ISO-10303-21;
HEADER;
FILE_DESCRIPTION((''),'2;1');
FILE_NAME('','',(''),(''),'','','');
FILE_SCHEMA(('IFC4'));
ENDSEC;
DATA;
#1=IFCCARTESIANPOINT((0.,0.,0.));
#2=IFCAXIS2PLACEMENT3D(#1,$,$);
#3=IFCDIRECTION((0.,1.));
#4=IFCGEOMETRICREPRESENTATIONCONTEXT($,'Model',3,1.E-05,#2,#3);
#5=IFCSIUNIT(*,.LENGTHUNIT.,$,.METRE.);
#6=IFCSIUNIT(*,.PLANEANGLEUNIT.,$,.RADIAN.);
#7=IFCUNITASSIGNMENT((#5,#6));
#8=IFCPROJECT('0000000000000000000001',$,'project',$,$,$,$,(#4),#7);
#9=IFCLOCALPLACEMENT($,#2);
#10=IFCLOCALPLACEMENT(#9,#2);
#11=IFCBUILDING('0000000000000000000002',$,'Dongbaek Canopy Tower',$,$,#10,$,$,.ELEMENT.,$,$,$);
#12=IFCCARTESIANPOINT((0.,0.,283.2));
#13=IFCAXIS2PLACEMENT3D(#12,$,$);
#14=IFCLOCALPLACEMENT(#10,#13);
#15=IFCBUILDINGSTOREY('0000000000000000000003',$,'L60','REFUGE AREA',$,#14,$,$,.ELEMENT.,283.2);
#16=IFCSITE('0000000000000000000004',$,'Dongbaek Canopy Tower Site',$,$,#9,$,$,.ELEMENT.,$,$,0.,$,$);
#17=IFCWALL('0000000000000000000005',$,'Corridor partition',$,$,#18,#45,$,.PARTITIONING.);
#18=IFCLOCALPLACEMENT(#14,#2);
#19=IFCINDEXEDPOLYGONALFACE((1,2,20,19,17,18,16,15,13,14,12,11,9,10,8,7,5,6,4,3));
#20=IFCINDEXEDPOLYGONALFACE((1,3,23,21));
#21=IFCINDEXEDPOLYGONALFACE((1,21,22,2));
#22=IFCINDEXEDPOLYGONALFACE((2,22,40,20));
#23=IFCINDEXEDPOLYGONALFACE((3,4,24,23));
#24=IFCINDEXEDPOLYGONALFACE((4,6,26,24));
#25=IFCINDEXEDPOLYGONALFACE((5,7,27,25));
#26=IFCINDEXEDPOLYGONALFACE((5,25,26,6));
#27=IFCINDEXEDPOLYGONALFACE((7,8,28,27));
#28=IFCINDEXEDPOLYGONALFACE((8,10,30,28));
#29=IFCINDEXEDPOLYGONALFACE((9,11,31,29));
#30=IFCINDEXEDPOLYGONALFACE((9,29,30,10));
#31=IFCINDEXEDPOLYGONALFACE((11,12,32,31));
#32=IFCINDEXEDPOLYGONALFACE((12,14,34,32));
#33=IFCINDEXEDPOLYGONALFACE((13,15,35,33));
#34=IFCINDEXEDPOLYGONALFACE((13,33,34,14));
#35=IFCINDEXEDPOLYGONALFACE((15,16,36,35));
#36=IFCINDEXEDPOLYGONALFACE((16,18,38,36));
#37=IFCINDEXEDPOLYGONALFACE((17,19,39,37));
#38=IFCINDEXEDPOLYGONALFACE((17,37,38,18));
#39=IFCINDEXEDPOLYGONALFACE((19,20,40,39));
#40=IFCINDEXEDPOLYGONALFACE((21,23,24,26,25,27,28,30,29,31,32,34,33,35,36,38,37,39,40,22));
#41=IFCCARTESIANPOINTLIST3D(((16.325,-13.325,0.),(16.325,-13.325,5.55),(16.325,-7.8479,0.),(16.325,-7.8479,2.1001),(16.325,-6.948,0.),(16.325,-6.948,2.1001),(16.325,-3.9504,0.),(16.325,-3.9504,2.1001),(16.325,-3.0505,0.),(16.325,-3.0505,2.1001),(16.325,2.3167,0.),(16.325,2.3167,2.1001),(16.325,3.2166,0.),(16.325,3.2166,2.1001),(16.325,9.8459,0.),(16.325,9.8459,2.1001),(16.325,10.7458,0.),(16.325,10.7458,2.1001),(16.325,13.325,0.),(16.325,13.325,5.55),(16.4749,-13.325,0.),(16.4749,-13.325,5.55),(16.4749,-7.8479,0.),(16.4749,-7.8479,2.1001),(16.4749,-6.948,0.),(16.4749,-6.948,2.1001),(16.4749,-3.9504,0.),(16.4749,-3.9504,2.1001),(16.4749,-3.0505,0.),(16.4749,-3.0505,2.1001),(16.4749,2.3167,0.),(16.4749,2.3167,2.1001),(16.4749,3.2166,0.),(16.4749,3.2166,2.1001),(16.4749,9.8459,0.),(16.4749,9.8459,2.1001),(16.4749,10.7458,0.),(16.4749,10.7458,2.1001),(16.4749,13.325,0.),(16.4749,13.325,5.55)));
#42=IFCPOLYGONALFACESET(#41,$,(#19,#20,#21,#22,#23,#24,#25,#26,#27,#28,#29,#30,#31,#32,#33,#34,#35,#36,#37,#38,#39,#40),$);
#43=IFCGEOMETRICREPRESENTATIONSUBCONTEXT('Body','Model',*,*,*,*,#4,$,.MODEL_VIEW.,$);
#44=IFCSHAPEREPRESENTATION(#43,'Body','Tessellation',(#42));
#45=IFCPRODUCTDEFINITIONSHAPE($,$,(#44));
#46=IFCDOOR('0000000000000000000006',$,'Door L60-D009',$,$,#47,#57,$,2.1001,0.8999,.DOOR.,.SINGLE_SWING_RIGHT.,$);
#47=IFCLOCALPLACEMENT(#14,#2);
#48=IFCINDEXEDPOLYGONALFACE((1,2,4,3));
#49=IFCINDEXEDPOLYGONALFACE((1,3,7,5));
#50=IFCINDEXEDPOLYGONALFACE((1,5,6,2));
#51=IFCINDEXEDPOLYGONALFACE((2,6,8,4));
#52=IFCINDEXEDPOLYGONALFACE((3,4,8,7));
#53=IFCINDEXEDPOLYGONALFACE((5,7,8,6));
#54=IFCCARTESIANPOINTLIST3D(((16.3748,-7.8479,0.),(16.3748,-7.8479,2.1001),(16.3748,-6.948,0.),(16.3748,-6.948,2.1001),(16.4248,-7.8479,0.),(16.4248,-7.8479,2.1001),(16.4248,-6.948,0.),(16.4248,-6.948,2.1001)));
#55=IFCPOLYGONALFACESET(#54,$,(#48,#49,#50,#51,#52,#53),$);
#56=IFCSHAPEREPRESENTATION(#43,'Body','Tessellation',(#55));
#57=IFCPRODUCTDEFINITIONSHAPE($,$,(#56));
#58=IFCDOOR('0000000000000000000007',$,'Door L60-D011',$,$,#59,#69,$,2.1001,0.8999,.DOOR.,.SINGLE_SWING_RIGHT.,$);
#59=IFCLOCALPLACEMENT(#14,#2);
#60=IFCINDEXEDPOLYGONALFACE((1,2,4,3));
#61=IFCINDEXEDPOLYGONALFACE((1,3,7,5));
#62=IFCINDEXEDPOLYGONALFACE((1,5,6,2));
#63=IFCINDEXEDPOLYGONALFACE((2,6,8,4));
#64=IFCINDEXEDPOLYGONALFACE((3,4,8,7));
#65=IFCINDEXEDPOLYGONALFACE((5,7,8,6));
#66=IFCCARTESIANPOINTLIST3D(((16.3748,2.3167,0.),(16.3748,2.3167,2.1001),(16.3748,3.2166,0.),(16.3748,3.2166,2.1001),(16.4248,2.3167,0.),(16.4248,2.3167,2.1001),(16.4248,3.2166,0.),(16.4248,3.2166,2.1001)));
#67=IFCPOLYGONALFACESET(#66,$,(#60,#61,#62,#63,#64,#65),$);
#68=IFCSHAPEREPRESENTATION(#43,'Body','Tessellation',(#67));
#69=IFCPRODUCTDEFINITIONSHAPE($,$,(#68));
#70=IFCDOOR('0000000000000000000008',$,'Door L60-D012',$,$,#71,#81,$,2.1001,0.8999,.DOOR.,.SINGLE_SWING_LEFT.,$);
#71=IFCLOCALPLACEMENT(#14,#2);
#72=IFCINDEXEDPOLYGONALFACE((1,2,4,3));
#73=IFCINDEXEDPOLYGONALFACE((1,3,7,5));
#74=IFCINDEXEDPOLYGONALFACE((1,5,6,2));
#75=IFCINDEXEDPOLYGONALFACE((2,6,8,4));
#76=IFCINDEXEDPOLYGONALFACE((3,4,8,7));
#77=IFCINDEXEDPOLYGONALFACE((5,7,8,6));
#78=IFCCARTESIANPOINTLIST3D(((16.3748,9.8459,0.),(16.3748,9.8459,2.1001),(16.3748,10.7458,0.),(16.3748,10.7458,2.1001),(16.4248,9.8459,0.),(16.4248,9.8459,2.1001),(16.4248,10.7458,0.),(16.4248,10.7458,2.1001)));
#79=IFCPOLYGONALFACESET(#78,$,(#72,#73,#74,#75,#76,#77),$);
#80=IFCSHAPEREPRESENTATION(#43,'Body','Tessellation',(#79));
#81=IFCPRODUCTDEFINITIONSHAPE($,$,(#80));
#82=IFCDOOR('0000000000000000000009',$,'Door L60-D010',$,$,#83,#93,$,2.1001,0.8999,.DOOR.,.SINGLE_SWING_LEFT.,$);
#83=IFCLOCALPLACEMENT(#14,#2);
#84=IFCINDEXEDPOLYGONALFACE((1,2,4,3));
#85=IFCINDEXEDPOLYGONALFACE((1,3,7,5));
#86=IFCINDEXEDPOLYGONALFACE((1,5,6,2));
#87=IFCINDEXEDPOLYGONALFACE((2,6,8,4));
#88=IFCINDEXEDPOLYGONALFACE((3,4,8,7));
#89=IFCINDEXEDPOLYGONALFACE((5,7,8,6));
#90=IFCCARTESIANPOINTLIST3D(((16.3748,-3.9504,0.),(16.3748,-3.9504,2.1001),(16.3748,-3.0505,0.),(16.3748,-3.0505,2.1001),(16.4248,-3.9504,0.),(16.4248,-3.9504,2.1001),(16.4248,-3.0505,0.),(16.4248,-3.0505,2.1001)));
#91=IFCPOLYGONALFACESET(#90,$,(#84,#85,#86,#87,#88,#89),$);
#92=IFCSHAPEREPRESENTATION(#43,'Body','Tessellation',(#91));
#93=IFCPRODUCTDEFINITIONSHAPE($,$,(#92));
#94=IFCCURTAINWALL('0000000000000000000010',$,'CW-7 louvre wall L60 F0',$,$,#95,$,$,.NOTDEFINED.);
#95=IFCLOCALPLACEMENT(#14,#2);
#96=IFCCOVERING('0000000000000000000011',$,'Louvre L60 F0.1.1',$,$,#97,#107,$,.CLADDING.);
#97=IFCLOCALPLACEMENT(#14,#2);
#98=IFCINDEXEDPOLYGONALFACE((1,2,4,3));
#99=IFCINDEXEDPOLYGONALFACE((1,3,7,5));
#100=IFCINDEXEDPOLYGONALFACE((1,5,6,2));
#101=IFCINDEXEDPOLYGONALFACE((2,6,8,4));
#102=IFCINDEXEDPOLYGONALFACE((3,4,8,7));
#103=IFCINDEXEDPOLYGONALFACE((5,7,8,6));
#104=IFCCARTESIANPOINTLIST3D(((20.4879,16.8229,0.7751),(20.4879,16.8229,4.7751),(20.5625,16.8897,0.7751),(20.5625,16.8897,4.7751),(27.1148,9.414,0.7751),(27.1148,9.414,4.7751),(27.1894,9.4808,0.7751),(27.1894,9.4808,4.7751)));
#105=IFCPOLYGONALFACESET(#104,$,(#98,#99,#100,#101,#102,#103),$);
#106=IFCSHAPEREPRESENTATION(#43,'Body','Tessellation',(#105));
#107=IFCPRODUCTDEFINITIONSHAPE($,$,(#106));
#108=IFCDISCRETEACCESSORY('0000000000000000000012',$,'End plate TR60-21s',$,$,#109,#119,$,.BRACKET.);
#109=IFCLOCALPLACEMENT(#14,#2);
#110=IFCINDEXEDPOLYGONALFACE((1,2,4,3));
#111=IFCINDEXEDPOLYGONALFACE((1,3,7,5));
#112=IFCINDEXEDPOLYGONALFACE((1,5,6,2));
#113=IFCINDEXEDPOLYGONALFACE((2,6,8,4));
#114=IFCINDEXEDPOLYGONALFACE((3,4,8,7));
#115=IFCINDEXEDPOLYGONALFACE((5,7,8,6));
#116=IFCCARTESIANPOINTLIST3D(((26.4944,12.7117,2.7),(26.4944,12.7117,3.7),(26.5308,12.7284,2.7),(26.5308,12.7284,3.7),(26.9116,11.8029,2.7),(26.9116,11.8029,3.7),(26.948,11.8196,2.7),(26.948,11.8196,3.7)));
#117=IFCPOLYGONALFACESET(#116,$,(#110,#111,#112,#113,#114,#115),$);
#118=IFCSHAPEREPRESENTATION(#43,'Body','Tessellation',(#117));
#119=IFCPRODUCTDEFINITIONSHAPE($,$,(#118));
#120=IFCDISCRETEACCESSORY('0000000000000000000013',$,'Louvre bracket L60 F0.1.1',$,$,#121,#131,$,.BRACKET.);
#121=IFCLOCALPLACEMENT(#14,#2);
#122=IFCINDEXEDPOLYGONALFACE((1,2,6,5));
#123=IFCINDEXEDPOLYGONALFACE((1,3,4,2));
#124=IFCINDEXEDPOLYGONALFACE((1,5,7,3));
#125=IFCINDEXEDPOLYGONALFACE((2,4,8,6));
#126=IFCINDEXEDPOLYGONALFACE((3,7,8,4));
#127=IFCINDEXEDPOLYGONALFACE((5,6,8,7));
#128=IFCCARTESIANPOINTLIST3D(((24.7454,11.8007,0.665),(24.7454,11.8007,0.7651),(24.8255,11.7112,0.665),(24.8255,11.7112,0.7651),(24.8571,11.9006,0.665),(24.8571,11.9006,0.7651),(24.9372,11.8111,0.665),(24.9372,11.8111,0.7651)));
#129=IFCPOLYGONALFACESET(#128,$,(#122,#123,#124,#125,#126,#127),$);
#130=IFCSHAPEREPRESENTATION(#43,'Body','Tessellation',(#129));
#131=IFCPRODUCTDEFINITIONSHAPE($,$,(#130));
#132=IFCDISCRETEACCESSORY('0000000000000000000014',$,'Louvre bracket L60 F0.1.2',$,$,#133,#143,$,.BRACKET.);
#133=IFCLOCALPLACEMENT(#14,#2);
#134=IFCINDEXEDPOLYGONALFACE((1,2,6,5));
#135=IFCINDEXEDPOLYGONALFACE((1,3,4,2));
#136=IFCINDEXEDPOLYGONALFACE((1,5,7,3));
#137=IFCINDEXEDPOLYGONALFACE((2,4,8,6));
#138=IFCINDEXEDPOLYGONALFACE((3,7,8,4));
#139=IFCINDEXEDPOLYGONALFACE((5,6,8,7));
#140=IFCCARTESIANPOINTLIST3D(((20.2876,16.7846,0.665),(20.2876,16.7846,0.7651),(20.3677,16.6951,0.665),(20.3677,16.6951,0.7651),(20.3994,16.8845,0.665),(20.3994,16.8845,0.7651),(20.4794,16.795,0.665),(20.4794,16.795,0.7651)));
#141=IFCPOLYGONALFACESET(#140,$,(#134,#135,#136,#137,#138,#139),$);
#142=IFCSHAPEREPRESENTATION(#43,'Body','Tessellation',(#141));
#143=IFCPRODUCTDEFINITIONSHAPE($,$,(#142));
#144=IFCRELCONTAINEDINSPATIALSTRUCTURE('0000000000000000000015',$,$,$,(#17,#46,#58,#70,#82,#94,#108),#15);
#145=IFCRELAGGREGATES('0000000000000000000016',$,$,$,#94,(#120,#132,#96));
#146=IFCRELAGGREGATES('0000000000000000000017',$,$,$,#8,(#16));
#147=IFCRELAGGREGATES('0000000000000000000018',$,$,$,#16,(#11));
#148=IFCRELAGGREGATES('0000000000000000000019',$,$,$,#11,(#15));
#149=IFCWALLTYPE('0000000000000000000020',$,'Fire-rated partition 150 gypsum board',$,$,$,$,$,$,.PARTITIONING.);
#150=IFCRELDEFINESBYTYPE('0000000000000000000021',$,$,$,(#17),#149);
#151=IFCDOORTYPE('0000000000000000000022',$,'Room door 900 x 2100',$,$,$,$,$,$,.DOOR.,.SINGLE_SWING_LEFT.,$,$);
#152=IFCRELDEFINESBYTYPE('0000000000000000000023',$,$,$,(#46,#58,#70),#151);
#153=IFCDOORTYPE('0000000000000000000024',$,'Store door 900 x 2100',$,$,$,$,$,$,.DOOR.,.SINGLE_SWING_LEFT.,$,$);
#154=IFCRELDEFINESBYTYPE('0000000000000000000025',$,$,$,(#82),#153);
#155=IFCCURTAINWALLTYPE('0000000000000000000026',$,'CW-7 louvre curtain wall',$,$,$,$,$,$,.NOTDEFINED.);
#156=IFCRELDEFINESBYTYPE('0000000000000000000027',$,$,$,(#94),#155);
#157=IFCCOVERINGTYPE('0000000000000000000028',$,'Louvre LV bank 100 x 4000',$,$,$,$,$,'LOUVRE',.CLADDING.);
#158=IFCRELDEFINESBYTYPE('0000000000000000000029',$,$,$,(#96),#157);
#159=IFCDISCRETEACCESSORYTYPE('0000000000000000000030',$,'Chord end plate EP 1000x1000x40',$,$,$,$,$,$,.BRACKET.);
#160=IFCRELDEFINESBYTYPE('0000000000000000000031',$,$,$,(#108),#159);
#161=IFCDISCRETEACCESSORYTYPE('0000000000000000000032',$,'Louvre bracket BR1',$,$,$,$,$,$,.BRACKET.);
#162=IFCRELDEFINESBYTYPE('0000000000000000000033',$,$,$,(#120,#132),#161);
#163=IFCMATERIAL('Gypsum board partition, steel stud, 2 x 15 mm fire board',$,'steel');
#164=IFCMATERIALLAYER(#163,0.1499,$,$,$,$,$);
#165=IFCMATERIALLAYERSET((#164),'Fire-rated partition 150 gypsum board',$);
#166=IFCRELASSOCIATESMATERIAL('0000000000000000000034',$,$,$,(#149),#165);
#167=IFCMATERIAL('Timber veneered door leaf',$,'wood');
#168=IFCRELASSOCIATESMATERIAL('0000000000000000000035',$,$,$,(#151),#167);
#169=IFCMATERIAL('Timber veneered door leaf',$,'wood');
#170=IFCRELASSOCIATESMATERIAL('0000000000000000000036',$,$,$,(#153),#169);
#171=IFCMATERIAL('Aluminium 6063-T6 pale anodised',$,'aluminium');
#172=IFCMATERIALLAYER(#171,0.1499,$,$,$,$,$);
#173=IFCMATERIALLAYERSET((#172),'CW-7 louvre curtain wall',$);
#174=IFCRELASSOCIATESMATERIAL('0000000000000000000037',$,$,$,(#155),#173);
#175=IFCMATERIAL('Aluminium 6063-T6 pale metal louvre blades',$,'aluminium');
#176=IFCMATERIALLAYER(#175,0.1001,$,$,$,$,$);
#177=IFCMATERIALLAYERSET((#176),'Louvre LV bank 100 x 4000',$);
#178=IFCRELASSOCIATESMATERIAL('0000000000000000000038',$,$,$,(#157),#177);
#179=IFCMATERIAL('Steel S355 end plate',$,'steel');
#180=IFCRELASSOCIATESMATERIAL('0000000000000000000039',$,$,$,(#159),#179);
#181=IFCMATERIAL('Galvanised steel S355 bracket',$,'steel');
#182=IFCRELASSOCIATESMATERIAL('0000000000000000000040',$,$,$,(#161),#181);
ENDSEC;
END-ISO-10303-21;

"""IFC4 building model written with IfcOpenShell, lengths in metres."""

from ifc_helpers import new_model, si_unit, direction, frame, frame_2d, origin, origin_2d, place, context, subcontext, project, spatial, rectangle, extrude, material, layer, layer_set, type_object, element, fill, aggregate, save


model = new_model("IFC4")

# Units and contexts
model_context = context("Model", 3, precision=1e-05, world=origin(), true_north=direction((0.0, 1.0)))
body_context = subcontext(model_context, "Body", "Model", "MODEL_VIEW")
ifc_project = project(units=[si_unit("LENGTHUNIT", "METRE"), si_unit("PLANEANGLEUNIT", "RADIAN")], contexts=[model_context])

# Site, building, storey
site_placement = place(None, origin())
site = spatial("IfcSite", under=ifc_project, at=site_placement, Name="Dongbaek Canopy Tower Site", CompositionType="ELEMENT", RefElevation=0.0)
building_placement = place(site_placement, origin())
building = spatial("IfcBuilding", under=site, at=building_placement, Name="Dongbaek Canopy Tower", CompositionType="ELEMENT")
storey_placement = place(building_placement, frame((0.0, 0.0, 283.2)))
storey = spatial("IfcBuildingStorey", under=building, at=storey_placement, Name="L60", Description="REFUGE AREA", CompositionType="ELEMENT", Elevation=283.2)

# Shared definitions
ifc_material_1 = material(Name="Gypsum board partition, steel stud, 2 x 15 mm fire board", Category="steel")
ifc_layer_1 = layer(ifc_material_1, 0.1499)
ifc_layer_set_1 = layer_set([ifc_layer_1], Name="Fire-rated partition 150 gypsum board")
wall_type = type_object("IfcWallType", Name="Fire-rated partition 150 gypsum board", PredefinedType="PARTITIONING", material=ifc_layer_set_1)

# Wall, openings, doors
wall_1_placement = place(storey_placement, frame((16.3999, 13.325, 0.0), z_axis=(0.0, 0.0, 1.0), x_axis=(0.0, -1.0, 0.0)))
wall_1 = element("IfcWall", 1, at=wall_1_placement, inside=storey, type_object=wall_type, Name="Corridor partition", PredefinedType="PARTITIONING", context=body_context, shape_type="SweptSolid", body=[
    extrude(rectangle(XDim=26.6499, YDim=0.1499, at=frame_2d((13.325, 0.0))), origin(), (0.0, 0.0, 1.0), 5.55),
])
opening_1_placement = place(wall_1_placement, frame((20.2729, 0.0, 0.0)))
opening_1 = element("IfcOpeningElement", 2, at=opening_1_placement, cuts=wall_1, PredefinedType="OPENING", context=body_context, shape_type="SweptSolid", body=[
    extrude(rectangle(XDim=0.8999, YDim=2.1001, at=frame_2d((0.45, 1.05))), frame((0.0, 0.085, 0.0), z_axis=(0.0, -1.0, 0.0), x_axis=(1.0, 0.0, 0.0)), (0.0, 0.0, 1.0), 0.1699),
])
opening_2_placement = place(wall_1_placement, frame((16.3755, 0.0, 0.0)))
opening_2 = element("IfcOpeningElement", 3, at=opening_2_placement, cuts=wall_1, PredefinedType="OPENING", context=body_context, shape_type="SweptSolid", body=[
    extrude(rectangle(XDim=0.8999, YDim=2.1001, at=frame_2d((0.45, 1.05))), frame((0.0, 0.085, 0.0), z_axis=(0.0, -1.0, 0.0), x_axis=(1.0, 0.0, 0.0)), (0.0, 0.0, 1.0), 0.1699),
])
opening_3_placement = place(wall_1_placement, frame((10.1084, 0.0, 0.0)))
opening_3 = element("IfcOpeningElement", 4, at=opening_3_placement, cuts=wall_1, PredefinedType="OPENING", context=body_context, shape_type="SweptSolid", body=[
    extrude(rectangle(XDim=0.8999, YDim=2.1001, at=frame_2d((0.45, 1.05))), frame((0.0, 0.085, 0.0), z_axis=(0.0, -1.0, 0.0), x_axis=(1.0, 0.0, 0.0)), (0.0, 0.0, 1.0), 0.1699),
])
opening_4_placement = place(wall_1_placement, frame((2.5791, 0.0, 0.0)))
opening_4 = element("IfcOpeningElement", 5, at=opening_4_placement, cuts=wall_1, PredefinedType="OPENING", context=body_context, shape_type="SweptSolid", body=[
    extrude(rectangle(XDim=0.8999, YDim=2.1001, at=frame_2d((0.45, 1.05))), frame((0.0, 0.085, 0.0), z_axis=(0.0, -1.0, 0.0), x_axis=(1.0, 0.0, 0.0)), (0.0, 0.0, 1.0), 0.1699),
])
ifc_material_2 = material(Name="Timber veneered door leaf", Category="wood")
door_type_1 = type_object("IfcDoorType", Name="Room door 900 x 2100", OperationType="SINGLE_SWING_LEFT", PredefinedType="DOOR", material=ifc_material_2)
door_1_placement = place(opening_1_placement, origin())
door_1 = element("IfcDoor", 6, at=door_1_placement, inside=storey, type_object=door_type_1, Name="Door L60-D009", OperationType="SINGLE_SWING_RIGHT", OverallHeight=2.1001, OverallWidth=0.8999, PredefinedType="DOOR", context=body_context, shape_type="SweptSolid", body=[
    extrude(rectangle(XDim=0.8999, YDim=2.1001, at=frame_2d((0.45, 1.05))), frame((0.0, 0.0249, 0.0), z_axis=(0.0, -1.0, 0.0), x_axis=(1.0, 0.0, 0.0)), (0.0, 0.0, 1.0), 0.05),
])
fill(opening_1, door_1)
door_2_placement = place(opening_3_placement, origin())
door_2 = element("IfcDoor", 7, at=door_2_placement, inside=storey, type_object=door_type_1, Name="Door L60-D011", OperationType="SINGLE_SWING_RIGHT", OverallHeight=2.1001, OverallWidth=0.8999, PredefinedType="DOOR", context=body_context, shape_type="SweptSolid", body=[
    extrude(rectangle(XDim=0.8999, YDim=2.1001, at=frame_2d((0.45, 1.05))), frame((0.0, 0.0249, 0.0), z_axis=(0.0, -1.0, 0.0), x_axis=(1.0, 0.0, 0.0)), (0.0, 0.0, 1.0), 0.05),
])
fill(opening_3, door_2)
door_3_placement = place(opening_4_placement, origin())
door_3 = element("IfcDoor", 8, at=door_3_placement, inside=storey, type_object=door_type_1, Name="Door L60-D012", OperationType="SINGLE_SWING_LEFT", OverallHeight=2.1001, OverallWidth=0.8999, PredefinedType="DOOR", context=body_context, shape_type="SweptSolid", body=[
    extrude(rectangle(XDim=0.8999, YDim=2.1001, at=frame_2d((0.45, 1.05))), frame((0.0, 0.0249, 0.0), z_axis=(0.0, -1.0, 0.0), x_axis=(1.0, 0.0, 0.0)), (0.0, 0.0, 1.0), 0.05),
])
fill(opening_4, door_3)
ifc_material_3 = material(Name="Timber veneered door leaf", Category="wood")
door_type_2 = type_object("IfcDoorType", Name="Store door 900 x 2100", OperationType="SINGLE_SWING_LEFT", PredefinedType="DOOR", material=ifc_material_3)
door_4_placement = place(opening_2_placement, origin())
door_4 = element("IfcDoor", 9, at=door_4_placement, inside=storey, type_object=door_type_2, Name="Door L60-D010", OperationType="SINGLE_SWING_LEFT", OverallHeight=2.1001, OverallWidth=0.8999, PredefinedType="DOOR", context=body_context, shape_type="SweptSolid", body=[
    extrude(rectangle(XDim=0.8999, YDim=2.1001, at=frame_2d((0.45, 1.05))), frame((0.0, 0.0249, 0.0), z_axis=(0.0, -1.0, 0.0), x_axis=(1.0, 0.0, 0.0)), (0.0, 0.0, 1.0), 0.05),
])
fill(opening_2, door_4)

# Curtain wall, covering
ifc_material_4 = material(Name="Aluminium 6063-T6 pale anodised", Category="aluminium")
ifc_layer_2 = layer(ifc_material_4, 0.1499)
ifc_layer_set_2 = layer_set([ifc_layer_2], Name="CW-7 louvre curtain wall")
curtain_wall_type = type_object("IfcCurtainWallType", Name="CW-7 louvre curtain wall", PredefinedType="NOTDEFINED", material=ifc_layer_set_2)
curtain_wall_placement = place(storey_placement, origin())
curtain_wall = element("IfcCurtainWall", 10, at=curtain_wall_placement, inside=storey, type_object=curtain_wall_type, Name="CW-7 louvre wall L60 F0", PredefinedType="NOTDEFINED")
ifc_material_5 = material(Name="Aluminium 6063-T6 pale metal louvre blades", Category="aluminium")
ifc_layer_3 = layer(ifc_material_5, 0.1001)
ifc_layer_set_3 = layer_set([ifc_layer_3], Name="Louvre LV bank 100 x 4000")
covering_type = type_object("IfcCoveringType", Name="Louvre LV bank 100 x 4000", ElementType="LOUVRE", PredefinedType="CLADDING", material=ifc_layer_set_3)
covering_placement = place(storey_placement, frame((23.8386, 13.1519, 0.7751), z_axis=(0.0, 0.0, 1.0), x_axis=(-0.666674, 0.745349, 0.0)))
covering = element("IfcCovering", 11, at=covering_placement, type_object=covering_type, Name="Louvre L60 F0.1.1", PredefinedType="CLADDING", context=body_context, shape_type="SweptSolid", body=[
    extrude(rectangle(XDim=9.9402, YDim=0.1001, at=origin_2d()), origin(), (0.0, 0.0, 1.0), 4.0),
])

# Discrete accessories
ifc_material_6 = material(Name="Steel S355 end plate", Category="steel")
discrete_accessory_type_1 = type_object("IfcDiscreteAccessoryType", Name="Chord end plate EP 1000x1000x40", PredefinedType="BRACKET", material=ifc_material_6)
discrete_accessory_1_placement = place(storey_placement, frame((26.7212, 12.2656, 2.7), z_axis=(0.0, 0.0, 1.0), x_axis=(-0.908827, -0.417174, 0.0)))
element("IfcDiscreteAccessory", 12, at=discrete_accessory_1_placement, inside=storey, type_object=discrete_accessory_type_1, Name="End plate TR60-21s", PredefinedType="BRACKET", context=body_context, shape_type="SweptSolid", body=[
    extrude(rectangle(XDim=0.04, YDim=1.0, at=origin_2d()), origin(), (0.0, 0.0, 1.0), 1.0),
])
ifc_material_7 = material(Name="Galvanised steel S355 bracket", Category="steel")
discrete_accessory_type_2 = type_object("IfcDiscreteAccessoryType", Name="Louvre bracket BR1", PredefinedType="BRACKET", material=ifc_material_7)
discrete_accessory_2_placement = place(storey_placement, frame((24.8413, 11.8059, 0.665), z_axis=(0.0, 0.0, 1.0), x_axis=(-0.666674, 0.745349, 0.0)))
discrete_accessory_2 = element("IfcDiscreteAccessory", 13, at=discrete_accessory_2_placement, type_object=discrete_accessory_type_2, Name="Louvre bracket L60 F0.1.1", PredefinedType="BRACKET", context=body_context, shape_type="SweptSolid", body=[
    extrude(rectangle(XDim=0.1201, YDim=0.1499, at=origin_2d()), origin(), (0.0, 0.0, 1.0), 0.1001),
])
discrete_accessory_3_placement = place(storey_placement, frame((20.3835, 16.7898, 0.665), z_axis=(0.0, 0.0, 1.0), x_axis=(-0.666674, 0.745349, 0.0)))
discrete_accessory_3 = element("IfcDiscreteAccessory", 14, at=discrete_accessory_3_placement, type_object=discrete_accessory_type_2, Name="Louvre bracket L60 F0.1.2", PredefinedType="BRACKET", context=body_context, shape_type="SweptSolid", body=[
    extrude(rectangle(XDim=0.1201, YDim=0.1499, at=origin_2d()), origin(), (0.0, 0.0, 1.0), 0.1001),
])
aggregate(curtain_wall, [discrete_accessory_2, discrete_accessory_3, covering])

save(model, "model.ifc")
